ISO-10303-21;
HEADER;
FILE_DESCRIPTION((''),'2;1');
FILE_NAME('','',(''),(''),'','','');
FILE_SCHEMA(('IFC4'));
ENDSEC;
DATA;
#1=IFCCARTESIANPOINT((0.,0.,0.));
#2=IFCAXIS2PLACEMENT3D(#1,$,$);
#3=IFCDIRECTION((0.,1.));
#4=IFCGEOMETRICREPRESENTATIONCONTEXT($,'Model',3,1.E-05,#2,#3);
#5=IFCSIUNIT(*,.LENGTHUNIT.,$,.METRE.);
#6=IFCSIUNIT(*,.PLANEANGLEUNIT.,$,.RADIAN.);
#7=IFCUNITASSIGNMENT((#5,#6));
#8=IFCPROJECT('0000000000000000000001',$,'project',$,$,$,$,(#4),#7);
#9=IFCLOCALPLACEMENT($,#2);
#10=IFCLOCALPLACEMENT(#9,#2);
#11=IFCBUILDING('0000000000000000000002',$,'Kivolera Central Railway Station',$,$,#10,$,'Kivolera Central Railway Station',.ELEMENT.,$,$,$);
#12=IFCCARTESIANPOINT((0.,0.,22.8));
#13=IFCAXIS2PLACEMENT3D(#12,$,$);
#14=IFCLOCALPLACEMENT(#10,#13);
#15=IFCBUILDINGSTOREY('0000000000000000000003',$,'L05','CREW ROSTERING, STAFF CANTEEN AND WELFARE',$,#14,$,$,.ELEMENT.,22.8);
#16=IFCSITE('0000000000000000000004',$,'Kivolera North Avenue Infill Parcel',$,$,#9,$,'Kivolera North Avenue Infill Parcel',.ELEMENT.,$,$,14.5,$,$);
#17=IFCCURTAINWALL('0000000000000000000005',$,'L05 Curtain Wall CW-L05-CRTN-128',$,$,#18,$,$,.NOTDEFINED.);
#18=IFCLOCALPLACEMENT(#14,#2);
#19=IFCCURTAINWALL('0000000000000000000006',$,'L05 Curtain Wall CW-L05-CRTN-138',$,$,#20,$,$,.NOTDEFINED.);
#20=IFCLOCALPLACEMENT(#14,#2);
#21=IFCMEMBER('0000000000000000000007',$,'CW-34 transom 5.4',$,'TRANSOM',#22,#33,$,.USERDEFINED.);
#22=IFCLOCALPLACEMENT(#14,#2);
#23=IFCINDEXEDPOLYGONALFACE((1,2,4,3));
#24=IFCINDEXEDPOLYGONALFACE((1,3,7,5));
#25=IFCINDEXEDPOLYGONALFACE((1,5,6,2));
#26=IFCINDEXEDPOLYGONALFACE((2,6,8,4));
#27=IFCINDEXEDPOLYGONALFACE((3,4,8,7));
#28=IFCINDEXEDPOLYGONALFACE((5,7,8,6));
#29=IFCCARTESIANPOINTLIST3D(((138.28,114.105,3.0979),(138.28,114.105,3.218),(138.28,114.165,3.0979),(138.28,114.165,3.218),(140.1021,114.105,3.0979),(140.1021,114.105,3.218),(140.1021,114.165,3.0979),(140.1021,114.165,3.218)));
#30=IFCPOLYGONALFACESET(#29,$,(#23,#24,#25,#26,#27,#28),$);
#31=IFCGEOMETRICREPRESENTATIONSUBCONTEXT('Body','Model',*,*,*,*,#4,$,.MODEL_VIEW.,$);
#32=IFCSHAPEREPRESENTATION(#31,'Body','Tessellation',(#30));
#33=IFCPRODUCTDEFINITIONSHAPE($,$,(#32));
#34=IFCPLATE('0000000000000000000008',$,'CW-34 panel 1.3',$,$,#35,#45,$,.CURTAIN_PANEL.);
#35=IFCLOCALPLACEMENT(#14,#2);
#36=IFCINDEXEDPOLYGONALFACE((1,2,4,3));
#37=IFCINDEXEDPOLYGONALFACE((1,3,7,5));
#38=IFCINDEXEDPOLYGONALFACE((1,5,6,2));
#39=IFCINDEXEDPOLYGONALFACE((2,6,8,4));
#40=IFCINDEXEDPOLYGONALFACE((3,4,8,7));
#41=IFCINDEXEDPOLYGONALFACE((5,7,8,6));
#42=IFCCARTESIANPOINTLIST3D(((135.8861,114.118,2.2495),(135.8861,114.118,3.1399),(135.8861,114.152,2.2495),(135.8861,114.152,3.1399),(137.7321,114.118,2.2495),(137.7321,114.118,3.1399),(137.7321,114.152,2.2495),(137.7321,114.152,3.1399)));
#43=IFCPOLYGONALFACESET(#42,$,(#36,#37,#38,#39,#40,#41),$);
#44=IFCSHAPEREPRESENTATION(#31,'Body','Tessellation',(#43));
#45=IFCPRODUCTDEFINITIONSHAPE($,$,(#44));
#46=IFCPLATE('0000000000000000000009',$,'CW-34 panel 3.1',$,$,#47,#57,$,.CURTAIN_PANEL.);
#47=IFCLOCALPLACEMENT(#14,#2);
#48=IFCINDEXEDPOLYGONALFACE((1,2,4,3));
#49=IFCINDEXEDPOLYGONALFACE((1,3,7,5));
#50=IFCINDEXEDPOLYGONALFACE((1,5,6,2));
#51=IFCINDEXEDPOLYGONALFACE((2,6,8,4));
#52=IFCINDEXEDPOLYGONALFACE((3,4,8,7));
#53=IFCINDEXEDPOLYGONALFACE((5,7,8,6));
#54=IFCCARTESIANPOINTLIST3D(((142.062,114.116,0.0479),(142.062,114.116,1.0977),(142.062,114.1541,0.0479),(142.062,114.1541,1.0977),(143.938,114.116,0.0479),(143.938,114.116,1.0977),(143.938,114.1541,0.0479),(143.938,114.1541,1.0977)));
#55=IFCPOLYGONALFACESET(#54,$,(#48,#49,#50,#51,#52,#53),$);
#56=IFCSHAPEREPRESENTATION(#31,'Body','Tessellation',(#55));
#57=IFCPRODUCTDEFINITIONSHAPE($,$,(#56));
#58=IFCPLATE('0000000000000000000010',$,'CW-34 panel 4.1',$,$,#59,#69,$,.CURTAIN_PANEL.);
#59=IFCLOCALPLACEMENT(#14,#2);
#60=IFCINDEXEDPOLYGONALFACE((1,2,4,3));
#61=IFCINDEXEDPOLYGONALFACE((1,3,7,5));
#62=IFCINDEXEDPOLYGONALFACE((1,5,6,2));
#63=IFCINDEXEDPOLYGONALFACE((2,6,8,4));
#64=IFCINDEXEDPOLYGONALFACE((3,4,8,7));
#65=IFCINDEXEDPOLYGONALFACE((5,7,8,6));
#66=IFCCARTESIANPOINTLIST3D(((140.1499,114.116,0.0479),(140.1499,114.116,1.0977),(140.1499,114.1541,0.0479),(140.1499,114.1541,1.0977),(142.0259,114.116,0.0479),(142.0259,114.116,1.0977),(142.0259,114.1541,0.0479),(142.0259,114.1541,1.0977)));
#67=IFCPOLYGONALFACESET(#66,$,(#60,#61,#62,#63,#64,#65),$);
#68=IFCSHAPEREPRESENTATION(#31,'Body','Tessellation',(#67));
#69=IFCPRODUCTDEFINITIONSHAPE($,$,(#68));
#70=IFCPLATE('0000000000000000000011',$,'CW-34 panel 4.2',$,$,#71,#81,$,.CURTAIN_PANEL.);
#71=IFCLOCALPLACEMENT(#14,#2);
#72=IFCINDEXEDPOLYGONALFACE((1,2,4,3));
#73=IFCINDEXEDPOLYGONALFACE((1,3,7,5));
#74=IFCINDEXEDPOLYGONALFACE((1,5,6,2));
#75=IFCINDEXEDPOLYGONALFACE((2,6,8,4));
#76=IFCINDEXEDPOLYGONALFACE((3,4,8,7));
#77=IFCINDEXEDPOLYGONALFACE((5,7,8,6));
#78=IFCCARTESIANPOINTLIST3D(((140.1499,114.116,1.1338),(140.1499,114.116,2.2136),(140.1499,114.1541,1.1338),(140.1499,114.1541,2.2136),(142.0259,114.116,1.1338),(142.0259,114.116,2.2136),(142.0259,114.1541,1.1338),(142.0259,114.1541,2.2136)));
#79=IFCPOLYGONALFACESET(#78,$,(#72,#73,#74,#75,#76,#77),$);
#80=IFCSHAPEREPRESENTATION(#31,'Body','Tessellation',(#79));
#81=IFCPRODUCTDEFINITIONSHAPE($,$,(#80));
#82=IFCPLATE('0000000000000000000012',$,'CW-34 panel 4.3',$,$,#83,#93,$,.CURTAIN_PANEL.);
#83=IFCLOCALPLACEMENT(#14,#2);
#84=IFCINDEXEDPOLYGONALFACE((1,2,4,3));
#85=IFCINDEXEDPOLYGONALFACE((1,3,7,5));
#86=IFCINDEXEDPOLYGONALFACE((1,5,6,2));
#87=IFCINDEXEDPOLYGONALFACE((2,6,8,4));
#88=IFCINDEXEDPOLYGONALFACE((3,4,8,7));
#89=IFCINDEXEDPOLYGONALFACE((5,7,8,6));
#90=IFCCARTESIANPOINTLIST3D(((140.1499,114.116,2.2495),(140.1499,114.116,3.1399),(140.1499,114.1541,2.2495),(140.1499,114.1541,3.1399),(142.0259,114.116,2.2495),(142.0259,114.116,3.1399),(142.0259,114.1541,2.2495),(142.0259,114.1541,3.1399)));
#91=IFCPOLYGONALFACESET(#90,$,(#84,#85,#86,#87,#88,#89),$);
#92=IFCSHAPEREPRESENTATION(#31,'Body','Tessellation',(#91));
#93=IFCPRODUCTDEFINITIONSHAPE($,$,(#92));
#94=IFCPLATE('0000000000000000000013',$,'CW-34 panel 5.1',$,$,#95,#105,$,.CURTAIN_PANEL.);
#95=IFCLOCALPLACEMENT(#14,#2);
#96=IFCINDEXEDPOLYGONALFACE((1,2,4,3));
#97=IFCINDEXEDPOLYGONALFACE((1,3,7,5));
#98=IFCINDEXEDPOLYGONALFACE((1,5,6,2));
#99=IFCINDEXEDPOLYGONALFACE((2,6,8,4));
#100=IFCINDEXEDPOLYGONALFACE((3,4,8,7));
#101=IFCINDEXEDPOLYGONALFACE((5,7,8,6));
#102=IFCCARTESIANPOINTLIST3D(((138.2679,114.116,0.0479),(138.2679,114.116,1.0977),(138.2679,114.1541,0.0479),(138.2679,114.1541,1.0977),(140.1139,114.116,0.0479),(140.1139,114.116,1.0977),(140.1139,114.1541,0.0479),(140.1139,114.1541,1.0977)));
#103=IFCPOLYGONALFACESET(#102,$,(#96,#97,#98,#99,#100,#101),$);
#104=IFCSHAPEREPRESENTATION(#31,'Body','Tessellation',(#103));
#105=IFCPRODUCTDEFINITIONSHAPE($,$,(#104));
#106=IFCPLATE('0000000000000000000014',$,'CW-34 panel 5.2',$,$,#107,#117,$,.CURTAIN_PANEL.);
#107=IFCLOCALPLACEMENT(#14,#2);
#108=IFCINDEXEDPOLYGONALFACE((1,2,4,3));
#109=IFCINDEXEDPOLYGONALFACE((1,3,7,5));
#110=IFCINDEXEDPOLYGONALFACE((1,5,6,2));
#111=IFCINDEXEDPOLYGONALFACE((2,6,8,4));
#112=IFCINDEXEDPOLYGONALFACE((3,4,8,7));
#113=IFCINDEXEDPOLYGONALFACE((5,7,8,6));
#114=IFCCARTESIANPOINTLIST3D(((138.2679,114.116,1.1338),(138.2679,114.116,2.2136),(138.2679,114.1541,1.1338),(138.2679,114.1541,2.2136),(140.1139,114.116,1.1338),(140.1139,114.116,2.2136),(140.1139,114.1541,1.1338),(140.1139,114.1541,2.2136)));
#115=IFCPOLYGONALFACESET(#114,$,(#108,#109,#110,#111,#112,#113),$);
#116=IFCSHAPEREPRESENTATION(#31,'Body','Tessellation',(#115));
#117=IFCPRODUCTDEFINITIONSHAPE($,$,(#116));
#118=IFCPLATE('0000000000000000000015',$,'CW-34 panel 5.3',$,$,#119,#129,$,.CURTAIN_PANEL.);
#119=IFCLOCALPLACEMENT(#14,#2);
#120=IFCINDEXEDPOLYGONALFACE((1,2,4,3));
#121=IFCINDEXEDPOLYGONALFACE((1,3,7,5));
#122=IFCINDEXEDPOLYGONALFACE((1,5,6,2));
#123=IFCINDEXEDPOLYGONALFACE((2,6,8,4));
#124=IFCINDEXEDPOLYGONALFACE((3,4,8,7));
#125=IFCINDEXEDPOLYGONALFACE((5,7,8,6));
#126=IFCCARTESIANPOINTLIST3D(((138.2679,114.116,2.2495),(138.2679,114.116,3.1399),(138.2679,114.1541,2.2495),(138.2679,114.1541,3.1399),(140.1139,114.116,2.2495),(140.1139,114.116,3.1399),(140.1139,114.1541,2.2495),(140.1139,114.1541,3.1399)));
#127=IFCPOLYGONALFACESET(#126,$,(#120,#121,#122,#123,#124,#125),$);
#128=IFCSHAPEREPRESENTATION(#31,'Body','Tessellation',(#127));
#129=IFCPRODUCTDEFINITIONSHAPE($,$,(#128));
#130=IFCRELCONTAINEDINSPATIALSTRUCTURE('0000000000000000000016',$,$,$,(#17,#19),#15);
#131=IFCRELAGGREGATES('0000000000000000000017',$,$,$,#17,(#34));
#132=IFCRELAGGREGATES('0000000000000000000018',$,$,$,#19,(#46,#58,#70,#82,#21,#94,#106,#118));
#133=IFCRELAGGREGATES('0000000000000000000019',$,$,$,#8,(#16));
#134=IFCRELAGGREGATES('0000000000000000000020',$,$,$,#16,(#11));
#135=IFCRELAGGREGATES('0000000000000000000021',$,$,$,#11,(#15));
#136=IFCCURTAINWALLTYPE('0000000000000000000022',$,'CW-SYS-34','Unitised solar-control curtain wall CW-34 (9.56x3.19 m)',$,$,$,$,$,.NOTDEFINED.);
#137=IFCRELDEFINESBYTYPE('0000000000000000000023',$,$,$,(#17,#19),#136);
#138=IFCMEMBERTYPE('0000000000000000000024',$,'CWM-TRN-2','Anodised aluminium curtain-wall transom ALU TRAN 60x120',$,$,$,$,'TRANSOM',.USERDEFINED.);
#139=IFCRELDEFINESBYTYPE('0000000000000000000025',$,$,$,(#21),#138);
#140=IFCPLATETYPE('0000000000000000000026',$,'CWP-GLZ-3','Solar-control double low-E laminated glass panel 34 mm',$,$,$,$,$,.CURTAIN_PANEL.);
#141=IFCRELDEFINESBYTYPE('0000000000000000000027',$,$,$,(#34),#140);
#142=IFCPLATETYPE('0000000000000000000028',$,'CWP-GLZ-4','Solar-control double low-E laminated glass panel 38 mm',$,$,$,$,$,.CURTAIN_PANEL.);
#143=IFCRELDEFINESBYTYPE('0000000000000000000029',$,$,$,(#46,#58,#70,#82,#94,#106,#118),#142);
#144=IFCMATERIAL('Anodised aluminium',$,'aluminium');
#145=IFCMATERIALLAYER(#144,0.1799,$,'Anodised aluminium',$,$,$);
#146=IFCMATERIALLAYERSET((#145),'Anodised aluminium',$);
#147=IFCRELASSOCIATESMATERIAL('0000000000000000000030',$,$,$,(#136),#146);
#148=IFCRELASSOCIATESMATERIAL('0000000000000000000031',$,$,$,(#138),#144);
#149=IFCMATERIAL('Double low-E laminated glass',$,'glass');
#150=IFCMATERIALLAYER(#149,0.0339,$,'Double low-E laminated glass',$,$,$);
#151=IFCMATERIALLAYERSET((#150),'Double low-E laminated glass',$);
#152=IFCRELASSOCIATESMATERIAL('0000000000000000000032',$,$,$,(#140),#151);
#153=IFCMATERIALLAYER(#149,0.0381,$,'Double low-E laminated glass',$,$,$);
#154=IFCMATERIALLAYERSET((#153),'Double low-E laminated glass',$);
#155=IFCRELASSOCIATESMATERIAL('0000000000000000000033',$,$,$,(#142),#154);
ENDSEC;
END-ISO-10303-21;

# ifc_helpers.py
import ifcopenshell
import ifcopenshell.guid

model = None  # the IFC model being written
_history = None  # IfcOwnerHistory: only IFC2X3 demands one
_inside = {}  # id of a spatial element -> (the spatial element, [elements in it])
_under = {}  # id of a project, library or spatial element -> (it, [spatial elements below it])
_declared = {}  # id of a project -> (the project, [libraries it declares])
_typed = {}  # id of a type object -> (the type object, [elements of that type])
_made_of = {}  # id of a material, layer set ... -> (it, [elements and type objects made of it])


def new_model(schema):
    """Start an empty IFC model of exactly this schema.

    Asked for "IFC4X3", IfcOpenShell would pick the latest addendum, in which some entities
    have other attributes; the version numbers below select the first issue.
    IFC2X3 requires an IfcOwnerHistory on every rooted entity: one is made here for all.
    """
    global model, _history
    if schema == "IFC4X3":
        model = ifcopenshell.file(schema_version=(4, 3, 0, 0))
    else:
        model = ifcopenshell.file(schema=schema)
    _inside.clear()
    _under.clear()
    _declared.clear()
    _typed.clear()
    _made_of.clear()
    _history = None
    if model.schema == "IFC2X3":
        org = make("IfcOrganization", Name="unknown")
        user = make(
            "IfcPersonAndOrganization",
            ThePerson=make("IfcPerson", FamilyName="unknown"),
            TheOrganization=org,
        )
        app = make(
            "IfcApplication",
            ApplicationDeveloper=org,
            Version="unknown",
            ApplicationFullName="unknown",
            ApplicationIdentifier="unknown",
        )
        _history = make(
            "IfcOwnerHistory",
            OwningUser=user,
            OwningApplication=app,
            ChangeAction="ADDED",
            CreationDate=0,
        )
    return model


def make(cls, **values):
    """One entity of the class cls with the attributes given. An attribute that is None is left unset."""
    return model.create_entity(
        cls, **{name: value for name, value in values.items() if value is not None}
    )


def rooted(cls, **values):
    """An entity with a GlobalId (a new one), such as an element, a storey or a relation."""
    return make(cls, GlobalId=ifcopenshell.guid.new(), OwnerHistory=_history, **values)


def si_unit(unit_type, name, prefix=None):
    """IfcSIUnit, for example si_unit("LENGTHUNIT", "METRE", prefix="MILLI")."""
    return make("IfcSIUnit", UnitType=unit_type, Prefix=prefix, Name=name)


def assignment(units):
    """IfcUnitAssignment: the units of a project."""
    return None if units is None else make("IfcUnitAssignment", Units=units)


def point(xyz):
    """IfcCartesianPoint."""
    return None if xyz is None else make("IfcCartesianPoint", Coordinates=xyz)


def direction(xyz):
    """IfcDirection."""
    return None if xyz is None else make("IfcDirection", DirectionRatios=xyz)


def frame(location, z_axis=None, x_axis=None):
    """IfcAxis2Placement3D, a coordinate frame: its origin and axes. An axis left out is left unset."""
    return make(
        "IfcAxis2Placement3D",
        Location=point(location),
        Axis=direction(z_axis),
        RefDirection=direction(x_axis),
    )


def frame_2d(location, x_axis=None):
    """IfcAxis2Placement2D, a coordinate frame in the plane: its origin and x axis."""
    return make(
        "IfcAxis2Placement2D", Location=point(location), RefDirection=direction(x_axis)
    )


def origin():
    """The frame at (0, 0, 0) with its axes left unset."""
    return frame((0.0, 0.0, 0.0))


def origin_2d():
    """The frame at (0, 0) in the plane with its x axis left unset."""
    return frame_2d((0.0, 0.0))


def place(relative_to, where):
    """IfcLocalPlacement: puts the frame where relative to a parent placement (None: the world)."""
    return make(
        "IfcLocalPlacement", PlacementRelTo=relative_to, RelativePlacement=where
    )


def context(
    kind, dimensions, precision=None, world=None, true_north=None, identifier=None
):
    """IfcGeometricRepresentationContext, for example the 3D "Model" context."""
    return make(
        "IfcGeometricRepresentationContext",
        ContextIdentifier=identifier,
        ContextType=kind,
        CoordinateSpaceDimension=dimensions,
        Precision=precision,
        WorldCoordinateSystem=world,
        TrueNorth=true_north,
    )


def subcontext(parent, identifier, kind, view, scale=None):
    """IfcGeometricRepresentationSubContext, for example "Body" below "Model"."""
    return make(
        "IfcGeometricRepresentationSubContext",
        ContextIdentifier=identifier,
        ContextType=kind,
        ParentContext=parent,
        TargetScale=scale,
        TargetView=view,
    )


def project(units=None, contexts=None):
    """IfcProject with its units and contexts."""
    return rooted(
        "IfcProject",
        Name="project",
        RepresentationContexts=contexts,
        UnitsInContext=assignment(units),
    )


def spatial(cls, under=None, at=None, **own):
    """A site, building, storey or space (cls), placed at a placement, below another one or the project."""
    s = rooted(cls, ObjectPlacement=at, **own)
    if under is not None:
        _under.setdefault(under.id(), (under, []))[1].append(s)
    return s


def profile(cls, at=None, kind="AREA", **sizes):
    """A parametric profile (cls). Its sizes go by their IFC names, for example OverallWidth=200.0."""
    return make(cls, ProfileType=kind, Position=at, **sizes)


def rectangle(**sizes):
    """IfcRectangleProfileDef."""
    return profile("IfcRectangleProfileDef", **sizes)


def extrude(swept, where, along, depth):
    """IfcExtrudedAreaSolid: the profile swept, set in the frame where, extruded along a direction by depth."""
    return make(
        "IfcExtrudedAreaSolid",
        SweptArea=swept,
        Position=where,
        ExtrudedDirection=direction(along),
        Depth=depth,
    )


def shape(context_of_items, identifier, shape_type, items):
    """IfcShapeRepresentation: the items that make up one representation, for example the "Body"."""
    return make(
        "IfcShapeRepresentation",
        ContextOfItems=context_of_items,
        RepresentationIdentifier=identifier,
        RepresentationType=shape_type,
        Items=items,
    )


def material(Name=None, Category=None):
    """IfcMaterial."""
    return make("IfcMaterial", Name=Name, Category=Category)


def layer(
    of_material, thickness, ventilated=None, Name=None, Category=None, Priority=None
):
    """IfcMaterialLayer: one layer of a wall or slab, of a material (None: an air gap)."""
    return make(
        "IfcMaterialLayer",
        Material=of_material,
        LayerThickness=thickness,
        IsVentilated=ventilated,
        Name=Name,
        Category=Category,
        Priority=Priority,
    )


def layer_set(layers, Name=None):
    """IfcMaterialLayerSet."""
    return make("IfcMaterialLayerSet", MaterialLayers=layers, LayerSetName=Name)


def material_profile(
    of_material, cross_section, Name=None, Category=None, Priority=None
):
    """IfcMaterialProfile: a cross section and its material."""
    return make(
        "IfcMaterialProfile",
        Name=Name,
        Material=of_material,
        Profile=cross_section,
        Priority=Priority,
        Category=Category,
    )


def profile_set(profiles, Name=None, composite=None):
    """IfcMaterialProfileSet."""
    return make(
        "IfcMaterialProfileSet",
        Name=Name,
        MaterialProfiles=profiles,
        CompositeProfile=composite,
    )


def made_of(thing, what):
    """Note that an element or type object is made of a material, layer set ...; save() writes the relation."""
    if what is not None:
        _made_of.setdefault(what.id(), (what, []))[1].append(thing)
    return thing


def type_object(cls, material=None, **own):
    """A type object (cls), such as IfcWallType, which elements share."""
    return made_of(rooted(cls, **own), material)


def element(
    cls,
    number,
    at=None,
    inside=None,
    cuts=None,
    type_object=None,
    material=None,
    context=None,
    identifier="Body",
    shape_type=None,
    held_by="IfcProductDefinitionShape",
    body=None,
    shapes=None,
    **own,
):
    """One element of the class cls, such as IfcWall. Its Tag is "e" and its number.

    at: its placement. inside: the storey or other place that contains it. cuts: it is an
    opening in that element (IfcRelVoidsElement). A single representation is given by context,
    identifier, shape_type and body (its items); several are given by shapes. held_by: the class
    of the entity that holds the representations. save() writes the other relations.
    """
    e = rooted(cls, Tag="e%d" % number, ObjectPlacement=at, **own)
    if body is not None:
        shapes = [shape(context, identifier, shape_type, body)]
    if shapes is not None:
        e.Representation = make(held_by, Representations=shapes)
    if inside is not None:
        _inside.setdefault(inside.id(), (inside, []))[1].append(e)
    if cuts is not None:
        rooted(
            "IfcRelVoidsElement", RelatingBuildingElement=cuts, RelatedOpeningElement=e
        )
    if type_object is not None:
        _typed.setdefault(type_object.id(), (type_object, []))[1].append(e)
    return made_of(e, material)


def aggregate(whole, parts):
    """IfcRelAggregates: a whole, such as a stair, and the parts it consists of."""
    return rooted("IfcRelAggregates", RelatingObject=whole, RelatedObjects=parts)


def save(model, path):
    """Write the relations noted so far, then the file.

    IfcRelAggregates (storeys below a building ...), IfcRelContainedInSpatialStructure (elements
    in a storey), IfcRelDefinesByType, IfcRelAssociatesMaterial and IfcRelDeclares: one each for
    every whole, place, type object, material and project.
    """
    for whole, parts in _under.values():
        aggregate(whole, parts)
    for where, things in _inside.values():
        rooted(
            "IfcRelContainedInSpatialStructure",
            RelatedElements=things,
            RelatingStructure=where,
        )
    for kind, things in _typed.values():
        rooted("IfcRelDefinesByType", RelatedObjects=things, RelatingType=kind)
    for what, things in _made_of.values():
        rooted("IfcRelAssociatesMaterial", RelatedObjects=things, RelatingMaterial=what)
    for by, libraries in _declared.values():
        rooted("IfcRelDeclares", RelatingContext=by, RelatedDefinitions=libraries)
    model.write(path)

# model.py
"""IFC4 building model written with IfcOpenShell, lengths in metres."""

from ifc_helpers import new_model, si_unit, direction, frame, origin, origin_2d, place, context, subcontext, project, spatial, rectangle, extrude, material, layer, layer_set, material_profile, profile_set, type_object, element, aggregate, save


model = new_model("IFC4")

# Units and contexts
model_context = context("Model", 3, precision=1e-05, world=origin(), true_north=direction((0.0, 1.0)))
body_context = subcontext(model_context, "Body", "Model", "MODEL_VIEW")
ifc_project = project(units=[si_unit("LENGTHUNIT", "METRE"), si_unit("PLANEANGLEUNIT", "RADIAN")], contexts=[model_context])

# Site, building, storey
site_placement = place(None, origin())
site = spatial("IfcSite", under=ifc_project, at=site_placement, Name="Kivolera North Avenue Infill Parcel", LongName="Kivolera North Avenue Infill Parcel", CompositionType="ELEMENT", RefElevation=14.5)
building_placement = place(site_placement, origin())
building = spatial("IfcBuilding", under=site, at=building_placement, Name="Kivolera Central Railway Station", LongName="Kivolera Central Railway Station", CompositionType="ELEMENT")
storey_placement = place(building_placement, frame((0.0, 0.0, 22.8)))
storey = spatial("IfcBuildingStorey", under=building, at=storey_placement, Name="L05", Description="CREW ROSTERING, STAFF CANTEEN AND WELFARE", CompositionType="ELEMENT", Elevation=22.8)

# Curtain wall
ifc_material_1 = material(Name="Anodised aluminium", Category="aluminium")
ifc_layer_1 = layer(ifc_material_1, 0.1799, Name="Anodised aluminium")
ifc_layer_set_1 = layer_set([ifc_layer_1], Name="Anodised aluminium")
curtain_wall_type = type_object("IfcCurtainWallType", Name="CW-SYS-34", Description="Unitised solar-control curtain wall CW-34 (9.56x3.19 m)", PredefinedType="NOTDEFINED", material=ifc_layer_set_1)
curtain_wall_1_placement = place(storey_placement, origin())
curtain_wall_1 = element("IfcCurtainWall", 1, at=curtain_wall_1_placement, inside=storey, type_object=curtain_wall_type, Name="L05 Curtain Wall CW-L05-CRTN-128", PredefinedType="NOTDEFINED")

# Curtain wall
curtain_wall_2_placement = place(storey_placement, origin())
curtain_wall_2 = element("IfcCurtainWall", 2, at=curtain_wall_2_placement, inside=storey, type_object=curtain_wall_type, Name="L05 Curtain Wall CW-L05-CRTN-138", PredefinedType="NOTDEFINED")

# Member
ifc_material_profile_1 = material_profile(ifc_material_1, rectangle(XDim=0.0601, YDim=0.1201, at=origin_2d()), Name="ALU TRAN 60x120")
ifc_profile_set_1 = profile_set([ifc_material_profile_1], Name="Anodised aluminium")
member_type_1 = type_object("IfcMemberType", Name="CWM-TRN-2", Description="Anodised aluminium curtain-wall transom ALU TRAN 60x120", ElementType="TRANSOM", PredefinedType="USERDEFINED", material=ifc_profile_set_1)
member_1_placement = place(storey_placement, frame((140.1021, 114.135, 3.158), z_axis=(-1.0, 0.0, 0.0), x_axis=(0.0, -1.0, 0.0)))
member_1 = element("IfcMember", 3, at=member_1_placement, type_object=member_type_1, Name="CW-34 transom 5.4", ObjectType="TRANSOM", PredefinedType="USERDEFINED", context=body_context, shape_type="SweptSolid", body=[
    extrude(rectangle(XDim=0.0601, YDim=0.1201, at=origin_2d()), origin(), (0.0, 0.0, 1.0), 1.822),
])

# Plates
ifc_material_2 = material(Name="Double low-E laminated glass", Category="glass")
ifc_layer_2 = layer(ifc_material_2, 0.0339, Name="Double low-E laminated glass")
ifc_layer_set_2 = layer_set([ifc_layer_2], Name="Double low-E laminated glass")
plate_type_1 = type_object("IfcPlateType", Name="CWP-GLZ-3", Description="Solar-control double low-E laminated glass panel 34 mm", PredefinedType="CURTAIN_PANEL", material=ifc_layer_set_2)
plate_1_placement = place(storey_placement, frame((136.8091, 114.135, 2.2495), z_axis=(0.0, 0.0, 1.0), x_axis=(-1.0, 0.0, 0.0)))
plate_1 = element("IfcPlate", 4, at=plate_1_placement, type_object=plate_type_1, Name="CW-34 panel 1.3", PredefinedType="CURTAIN_PANEL", context=body_context, shape_type="SweptSolid", body=[
    extrude(rectangle(XDim=1.8459, YDim=0.0339, at=origin_2d()), origin(), (0.0, 0.0, 1.0), 0.8904),
])
aggregate(curtain_wall_1, [plate_1])
ifc_layer_3 = layer(ifc_material_2, 0.0381, Name="Double low-E laminated glass")
ifc_layer_set_3 = layer_set([ifc_layer_3], Name="Double low-E laminated glass")
plate_type_2 = type_object("IfcPlateType", Name="CWP-GLZ-4", Description="Solar-control double low-E laminated glass panel 38 mm", PredefinedType="CURTAIN_PANEL", material=ifc_layer_set_3)
plate_2_placement = place(storey_placement, frame((143.0, 114.135, 0.0479), z_axis=(0.0, 0.0, 1.0), x_axis=(-1.0, 0.0, 0.0)))
plate_2 = element("IfcPlate", 5, at=plate_2_placement, type_object=plate_type_2, Name="CW-34 panel 3.1", PredefinedType="CURTAIN_PANEL", context=body_context, shape_type="SweptSolid", body=[
    extrude(rectangle(XDim=1.876, YDim=0.0381, at=origin_2d()), origin(), (0.0, 0.0, 1.0), 1.0498),
])
plate_3_placement = place(storey_placement, frame((141.0879, 114.135, 0.0479), z_axis=(0.0, 0.0, 1.0), x_axis=(-1.0, 0.0, 0.0)))
plate_3 = element("IfcPlate", 6, at=plate_3_placement, type_object=plate_type_2, Name="CW-34 panel 4.1", PredefinedType="CURTAIN_PANEL", context=body_context, shape_type="SweptSolid", body=[
    extrude(rectangle(XDim=1.876, YDim=0.0381, at=origin_2d()), origin(), (0.0, 0.0, 1.0), 1.0498),
])
plate_4_placement = place(storey_placement, frame((141.0879, 114.135, 1.1338), z_axis=(0.0, 0.0, 1.0), x_axis=(-1.0, 0.0, 0.0)))
plate_4 = element("IfcPlate", 7, at=plate_4_placement, type_object=plate_type_2, Name="CW-34 panel 4.2", PredefinedType="CURTAIN_PANEL", context=body_context, shape_type="SweptSolid", body=[
    extrude(rectangle(XDim=1.876, YDim=0.0381, at=origin_2d()), origin(), (0.0, 0.0, 1.0), 1.0798),
])
plate_5_placement = place(storey_placement, frame((141.0879, 114.135, 2.2495), z_axis=(0.0, 0.0, 1.0), x_axis=(-1.0, 0.0, 0.0)))
plate_5 = element("IfcPlate", 8, at=plate_5_placement, type_object=plate_type_2, Name="CW-34 panel 4.3", PredefinedType="CURTAIN_PANEL", context=body_context, shape_type="SweptSolid", body=[
    extrude(rectangle(XDim=1.876, YDim=0.0381, at=origin_2d()), origin(), (0.0, 0.0, 1.0), 0.8904),
])
plate_6_placement = place(storey_placement, frame((139.1909, 114.135, 0.0479), z_axis=(0.0, 0.0, 1.0), x_axis=(-1.0, 0.0, 0.0)))
plate_6 = element("IfcPlate", 9, at=plate_6_placement, type_object=plate_type_2, Name="CW-34 panel 5.1", PredefinedType="CURTAIN_PANEL", context=body_context, shape_type="SweptSolid", body=[
    extrude(rectangle(XDim=1.8459, YDim=0.0381, at=origin_2d()), origin(), (0.0, 0.0, 1.0), 1.0498),
])
plate_7_placement = place(storey_placement, frame((139.1909, 114.135, 1.1338), z_axis=(0.0, 0.0, 1.0), x_axis=(-1.0, 0.0, 0.0)))
plate_7 = element("IfcPlate", 10, at=plate_7_placement, type_object=plate_type_2, Name="CW-34 panel 5.2", PredefinedType="CURTAIN_PANEL", context=body_context, shape_type="SweptSolid", body=[
    extrude(rectangle(XDim=1.8459, YDim=0.0381, at=origin_2d()), origin(), (0.0, 0.0, 1.0), 1.0798),
])
plate_8_placement = place(storey_placement, frame((139.1909, 114.135, 2.2495), z_axis=(0.0, 0.0, 1.0), x_axis=(-1.0, 0.0, 0.0)))
plate_8 = element("IfcPlate", 11, at=plate_8_placement, type_object=plate_type_2, Name="CW-34 panel 5.3", PredefinedType="CURTAIN_PANEL", context=body_context, shape_type="SweptSolid", body=[
    extrude(rectangle(XDim=1.8459, YDim=0.0381, at=origin_2d()), origin(), (0.0, 0.0, 1.0), 0.8904),
])
aggregate(curtain_wall_2, [plate_2, plate_3, plate_4, plate_5, member_1, plate_6, plate_7, plate_8])

save(model, "model.ifc")
